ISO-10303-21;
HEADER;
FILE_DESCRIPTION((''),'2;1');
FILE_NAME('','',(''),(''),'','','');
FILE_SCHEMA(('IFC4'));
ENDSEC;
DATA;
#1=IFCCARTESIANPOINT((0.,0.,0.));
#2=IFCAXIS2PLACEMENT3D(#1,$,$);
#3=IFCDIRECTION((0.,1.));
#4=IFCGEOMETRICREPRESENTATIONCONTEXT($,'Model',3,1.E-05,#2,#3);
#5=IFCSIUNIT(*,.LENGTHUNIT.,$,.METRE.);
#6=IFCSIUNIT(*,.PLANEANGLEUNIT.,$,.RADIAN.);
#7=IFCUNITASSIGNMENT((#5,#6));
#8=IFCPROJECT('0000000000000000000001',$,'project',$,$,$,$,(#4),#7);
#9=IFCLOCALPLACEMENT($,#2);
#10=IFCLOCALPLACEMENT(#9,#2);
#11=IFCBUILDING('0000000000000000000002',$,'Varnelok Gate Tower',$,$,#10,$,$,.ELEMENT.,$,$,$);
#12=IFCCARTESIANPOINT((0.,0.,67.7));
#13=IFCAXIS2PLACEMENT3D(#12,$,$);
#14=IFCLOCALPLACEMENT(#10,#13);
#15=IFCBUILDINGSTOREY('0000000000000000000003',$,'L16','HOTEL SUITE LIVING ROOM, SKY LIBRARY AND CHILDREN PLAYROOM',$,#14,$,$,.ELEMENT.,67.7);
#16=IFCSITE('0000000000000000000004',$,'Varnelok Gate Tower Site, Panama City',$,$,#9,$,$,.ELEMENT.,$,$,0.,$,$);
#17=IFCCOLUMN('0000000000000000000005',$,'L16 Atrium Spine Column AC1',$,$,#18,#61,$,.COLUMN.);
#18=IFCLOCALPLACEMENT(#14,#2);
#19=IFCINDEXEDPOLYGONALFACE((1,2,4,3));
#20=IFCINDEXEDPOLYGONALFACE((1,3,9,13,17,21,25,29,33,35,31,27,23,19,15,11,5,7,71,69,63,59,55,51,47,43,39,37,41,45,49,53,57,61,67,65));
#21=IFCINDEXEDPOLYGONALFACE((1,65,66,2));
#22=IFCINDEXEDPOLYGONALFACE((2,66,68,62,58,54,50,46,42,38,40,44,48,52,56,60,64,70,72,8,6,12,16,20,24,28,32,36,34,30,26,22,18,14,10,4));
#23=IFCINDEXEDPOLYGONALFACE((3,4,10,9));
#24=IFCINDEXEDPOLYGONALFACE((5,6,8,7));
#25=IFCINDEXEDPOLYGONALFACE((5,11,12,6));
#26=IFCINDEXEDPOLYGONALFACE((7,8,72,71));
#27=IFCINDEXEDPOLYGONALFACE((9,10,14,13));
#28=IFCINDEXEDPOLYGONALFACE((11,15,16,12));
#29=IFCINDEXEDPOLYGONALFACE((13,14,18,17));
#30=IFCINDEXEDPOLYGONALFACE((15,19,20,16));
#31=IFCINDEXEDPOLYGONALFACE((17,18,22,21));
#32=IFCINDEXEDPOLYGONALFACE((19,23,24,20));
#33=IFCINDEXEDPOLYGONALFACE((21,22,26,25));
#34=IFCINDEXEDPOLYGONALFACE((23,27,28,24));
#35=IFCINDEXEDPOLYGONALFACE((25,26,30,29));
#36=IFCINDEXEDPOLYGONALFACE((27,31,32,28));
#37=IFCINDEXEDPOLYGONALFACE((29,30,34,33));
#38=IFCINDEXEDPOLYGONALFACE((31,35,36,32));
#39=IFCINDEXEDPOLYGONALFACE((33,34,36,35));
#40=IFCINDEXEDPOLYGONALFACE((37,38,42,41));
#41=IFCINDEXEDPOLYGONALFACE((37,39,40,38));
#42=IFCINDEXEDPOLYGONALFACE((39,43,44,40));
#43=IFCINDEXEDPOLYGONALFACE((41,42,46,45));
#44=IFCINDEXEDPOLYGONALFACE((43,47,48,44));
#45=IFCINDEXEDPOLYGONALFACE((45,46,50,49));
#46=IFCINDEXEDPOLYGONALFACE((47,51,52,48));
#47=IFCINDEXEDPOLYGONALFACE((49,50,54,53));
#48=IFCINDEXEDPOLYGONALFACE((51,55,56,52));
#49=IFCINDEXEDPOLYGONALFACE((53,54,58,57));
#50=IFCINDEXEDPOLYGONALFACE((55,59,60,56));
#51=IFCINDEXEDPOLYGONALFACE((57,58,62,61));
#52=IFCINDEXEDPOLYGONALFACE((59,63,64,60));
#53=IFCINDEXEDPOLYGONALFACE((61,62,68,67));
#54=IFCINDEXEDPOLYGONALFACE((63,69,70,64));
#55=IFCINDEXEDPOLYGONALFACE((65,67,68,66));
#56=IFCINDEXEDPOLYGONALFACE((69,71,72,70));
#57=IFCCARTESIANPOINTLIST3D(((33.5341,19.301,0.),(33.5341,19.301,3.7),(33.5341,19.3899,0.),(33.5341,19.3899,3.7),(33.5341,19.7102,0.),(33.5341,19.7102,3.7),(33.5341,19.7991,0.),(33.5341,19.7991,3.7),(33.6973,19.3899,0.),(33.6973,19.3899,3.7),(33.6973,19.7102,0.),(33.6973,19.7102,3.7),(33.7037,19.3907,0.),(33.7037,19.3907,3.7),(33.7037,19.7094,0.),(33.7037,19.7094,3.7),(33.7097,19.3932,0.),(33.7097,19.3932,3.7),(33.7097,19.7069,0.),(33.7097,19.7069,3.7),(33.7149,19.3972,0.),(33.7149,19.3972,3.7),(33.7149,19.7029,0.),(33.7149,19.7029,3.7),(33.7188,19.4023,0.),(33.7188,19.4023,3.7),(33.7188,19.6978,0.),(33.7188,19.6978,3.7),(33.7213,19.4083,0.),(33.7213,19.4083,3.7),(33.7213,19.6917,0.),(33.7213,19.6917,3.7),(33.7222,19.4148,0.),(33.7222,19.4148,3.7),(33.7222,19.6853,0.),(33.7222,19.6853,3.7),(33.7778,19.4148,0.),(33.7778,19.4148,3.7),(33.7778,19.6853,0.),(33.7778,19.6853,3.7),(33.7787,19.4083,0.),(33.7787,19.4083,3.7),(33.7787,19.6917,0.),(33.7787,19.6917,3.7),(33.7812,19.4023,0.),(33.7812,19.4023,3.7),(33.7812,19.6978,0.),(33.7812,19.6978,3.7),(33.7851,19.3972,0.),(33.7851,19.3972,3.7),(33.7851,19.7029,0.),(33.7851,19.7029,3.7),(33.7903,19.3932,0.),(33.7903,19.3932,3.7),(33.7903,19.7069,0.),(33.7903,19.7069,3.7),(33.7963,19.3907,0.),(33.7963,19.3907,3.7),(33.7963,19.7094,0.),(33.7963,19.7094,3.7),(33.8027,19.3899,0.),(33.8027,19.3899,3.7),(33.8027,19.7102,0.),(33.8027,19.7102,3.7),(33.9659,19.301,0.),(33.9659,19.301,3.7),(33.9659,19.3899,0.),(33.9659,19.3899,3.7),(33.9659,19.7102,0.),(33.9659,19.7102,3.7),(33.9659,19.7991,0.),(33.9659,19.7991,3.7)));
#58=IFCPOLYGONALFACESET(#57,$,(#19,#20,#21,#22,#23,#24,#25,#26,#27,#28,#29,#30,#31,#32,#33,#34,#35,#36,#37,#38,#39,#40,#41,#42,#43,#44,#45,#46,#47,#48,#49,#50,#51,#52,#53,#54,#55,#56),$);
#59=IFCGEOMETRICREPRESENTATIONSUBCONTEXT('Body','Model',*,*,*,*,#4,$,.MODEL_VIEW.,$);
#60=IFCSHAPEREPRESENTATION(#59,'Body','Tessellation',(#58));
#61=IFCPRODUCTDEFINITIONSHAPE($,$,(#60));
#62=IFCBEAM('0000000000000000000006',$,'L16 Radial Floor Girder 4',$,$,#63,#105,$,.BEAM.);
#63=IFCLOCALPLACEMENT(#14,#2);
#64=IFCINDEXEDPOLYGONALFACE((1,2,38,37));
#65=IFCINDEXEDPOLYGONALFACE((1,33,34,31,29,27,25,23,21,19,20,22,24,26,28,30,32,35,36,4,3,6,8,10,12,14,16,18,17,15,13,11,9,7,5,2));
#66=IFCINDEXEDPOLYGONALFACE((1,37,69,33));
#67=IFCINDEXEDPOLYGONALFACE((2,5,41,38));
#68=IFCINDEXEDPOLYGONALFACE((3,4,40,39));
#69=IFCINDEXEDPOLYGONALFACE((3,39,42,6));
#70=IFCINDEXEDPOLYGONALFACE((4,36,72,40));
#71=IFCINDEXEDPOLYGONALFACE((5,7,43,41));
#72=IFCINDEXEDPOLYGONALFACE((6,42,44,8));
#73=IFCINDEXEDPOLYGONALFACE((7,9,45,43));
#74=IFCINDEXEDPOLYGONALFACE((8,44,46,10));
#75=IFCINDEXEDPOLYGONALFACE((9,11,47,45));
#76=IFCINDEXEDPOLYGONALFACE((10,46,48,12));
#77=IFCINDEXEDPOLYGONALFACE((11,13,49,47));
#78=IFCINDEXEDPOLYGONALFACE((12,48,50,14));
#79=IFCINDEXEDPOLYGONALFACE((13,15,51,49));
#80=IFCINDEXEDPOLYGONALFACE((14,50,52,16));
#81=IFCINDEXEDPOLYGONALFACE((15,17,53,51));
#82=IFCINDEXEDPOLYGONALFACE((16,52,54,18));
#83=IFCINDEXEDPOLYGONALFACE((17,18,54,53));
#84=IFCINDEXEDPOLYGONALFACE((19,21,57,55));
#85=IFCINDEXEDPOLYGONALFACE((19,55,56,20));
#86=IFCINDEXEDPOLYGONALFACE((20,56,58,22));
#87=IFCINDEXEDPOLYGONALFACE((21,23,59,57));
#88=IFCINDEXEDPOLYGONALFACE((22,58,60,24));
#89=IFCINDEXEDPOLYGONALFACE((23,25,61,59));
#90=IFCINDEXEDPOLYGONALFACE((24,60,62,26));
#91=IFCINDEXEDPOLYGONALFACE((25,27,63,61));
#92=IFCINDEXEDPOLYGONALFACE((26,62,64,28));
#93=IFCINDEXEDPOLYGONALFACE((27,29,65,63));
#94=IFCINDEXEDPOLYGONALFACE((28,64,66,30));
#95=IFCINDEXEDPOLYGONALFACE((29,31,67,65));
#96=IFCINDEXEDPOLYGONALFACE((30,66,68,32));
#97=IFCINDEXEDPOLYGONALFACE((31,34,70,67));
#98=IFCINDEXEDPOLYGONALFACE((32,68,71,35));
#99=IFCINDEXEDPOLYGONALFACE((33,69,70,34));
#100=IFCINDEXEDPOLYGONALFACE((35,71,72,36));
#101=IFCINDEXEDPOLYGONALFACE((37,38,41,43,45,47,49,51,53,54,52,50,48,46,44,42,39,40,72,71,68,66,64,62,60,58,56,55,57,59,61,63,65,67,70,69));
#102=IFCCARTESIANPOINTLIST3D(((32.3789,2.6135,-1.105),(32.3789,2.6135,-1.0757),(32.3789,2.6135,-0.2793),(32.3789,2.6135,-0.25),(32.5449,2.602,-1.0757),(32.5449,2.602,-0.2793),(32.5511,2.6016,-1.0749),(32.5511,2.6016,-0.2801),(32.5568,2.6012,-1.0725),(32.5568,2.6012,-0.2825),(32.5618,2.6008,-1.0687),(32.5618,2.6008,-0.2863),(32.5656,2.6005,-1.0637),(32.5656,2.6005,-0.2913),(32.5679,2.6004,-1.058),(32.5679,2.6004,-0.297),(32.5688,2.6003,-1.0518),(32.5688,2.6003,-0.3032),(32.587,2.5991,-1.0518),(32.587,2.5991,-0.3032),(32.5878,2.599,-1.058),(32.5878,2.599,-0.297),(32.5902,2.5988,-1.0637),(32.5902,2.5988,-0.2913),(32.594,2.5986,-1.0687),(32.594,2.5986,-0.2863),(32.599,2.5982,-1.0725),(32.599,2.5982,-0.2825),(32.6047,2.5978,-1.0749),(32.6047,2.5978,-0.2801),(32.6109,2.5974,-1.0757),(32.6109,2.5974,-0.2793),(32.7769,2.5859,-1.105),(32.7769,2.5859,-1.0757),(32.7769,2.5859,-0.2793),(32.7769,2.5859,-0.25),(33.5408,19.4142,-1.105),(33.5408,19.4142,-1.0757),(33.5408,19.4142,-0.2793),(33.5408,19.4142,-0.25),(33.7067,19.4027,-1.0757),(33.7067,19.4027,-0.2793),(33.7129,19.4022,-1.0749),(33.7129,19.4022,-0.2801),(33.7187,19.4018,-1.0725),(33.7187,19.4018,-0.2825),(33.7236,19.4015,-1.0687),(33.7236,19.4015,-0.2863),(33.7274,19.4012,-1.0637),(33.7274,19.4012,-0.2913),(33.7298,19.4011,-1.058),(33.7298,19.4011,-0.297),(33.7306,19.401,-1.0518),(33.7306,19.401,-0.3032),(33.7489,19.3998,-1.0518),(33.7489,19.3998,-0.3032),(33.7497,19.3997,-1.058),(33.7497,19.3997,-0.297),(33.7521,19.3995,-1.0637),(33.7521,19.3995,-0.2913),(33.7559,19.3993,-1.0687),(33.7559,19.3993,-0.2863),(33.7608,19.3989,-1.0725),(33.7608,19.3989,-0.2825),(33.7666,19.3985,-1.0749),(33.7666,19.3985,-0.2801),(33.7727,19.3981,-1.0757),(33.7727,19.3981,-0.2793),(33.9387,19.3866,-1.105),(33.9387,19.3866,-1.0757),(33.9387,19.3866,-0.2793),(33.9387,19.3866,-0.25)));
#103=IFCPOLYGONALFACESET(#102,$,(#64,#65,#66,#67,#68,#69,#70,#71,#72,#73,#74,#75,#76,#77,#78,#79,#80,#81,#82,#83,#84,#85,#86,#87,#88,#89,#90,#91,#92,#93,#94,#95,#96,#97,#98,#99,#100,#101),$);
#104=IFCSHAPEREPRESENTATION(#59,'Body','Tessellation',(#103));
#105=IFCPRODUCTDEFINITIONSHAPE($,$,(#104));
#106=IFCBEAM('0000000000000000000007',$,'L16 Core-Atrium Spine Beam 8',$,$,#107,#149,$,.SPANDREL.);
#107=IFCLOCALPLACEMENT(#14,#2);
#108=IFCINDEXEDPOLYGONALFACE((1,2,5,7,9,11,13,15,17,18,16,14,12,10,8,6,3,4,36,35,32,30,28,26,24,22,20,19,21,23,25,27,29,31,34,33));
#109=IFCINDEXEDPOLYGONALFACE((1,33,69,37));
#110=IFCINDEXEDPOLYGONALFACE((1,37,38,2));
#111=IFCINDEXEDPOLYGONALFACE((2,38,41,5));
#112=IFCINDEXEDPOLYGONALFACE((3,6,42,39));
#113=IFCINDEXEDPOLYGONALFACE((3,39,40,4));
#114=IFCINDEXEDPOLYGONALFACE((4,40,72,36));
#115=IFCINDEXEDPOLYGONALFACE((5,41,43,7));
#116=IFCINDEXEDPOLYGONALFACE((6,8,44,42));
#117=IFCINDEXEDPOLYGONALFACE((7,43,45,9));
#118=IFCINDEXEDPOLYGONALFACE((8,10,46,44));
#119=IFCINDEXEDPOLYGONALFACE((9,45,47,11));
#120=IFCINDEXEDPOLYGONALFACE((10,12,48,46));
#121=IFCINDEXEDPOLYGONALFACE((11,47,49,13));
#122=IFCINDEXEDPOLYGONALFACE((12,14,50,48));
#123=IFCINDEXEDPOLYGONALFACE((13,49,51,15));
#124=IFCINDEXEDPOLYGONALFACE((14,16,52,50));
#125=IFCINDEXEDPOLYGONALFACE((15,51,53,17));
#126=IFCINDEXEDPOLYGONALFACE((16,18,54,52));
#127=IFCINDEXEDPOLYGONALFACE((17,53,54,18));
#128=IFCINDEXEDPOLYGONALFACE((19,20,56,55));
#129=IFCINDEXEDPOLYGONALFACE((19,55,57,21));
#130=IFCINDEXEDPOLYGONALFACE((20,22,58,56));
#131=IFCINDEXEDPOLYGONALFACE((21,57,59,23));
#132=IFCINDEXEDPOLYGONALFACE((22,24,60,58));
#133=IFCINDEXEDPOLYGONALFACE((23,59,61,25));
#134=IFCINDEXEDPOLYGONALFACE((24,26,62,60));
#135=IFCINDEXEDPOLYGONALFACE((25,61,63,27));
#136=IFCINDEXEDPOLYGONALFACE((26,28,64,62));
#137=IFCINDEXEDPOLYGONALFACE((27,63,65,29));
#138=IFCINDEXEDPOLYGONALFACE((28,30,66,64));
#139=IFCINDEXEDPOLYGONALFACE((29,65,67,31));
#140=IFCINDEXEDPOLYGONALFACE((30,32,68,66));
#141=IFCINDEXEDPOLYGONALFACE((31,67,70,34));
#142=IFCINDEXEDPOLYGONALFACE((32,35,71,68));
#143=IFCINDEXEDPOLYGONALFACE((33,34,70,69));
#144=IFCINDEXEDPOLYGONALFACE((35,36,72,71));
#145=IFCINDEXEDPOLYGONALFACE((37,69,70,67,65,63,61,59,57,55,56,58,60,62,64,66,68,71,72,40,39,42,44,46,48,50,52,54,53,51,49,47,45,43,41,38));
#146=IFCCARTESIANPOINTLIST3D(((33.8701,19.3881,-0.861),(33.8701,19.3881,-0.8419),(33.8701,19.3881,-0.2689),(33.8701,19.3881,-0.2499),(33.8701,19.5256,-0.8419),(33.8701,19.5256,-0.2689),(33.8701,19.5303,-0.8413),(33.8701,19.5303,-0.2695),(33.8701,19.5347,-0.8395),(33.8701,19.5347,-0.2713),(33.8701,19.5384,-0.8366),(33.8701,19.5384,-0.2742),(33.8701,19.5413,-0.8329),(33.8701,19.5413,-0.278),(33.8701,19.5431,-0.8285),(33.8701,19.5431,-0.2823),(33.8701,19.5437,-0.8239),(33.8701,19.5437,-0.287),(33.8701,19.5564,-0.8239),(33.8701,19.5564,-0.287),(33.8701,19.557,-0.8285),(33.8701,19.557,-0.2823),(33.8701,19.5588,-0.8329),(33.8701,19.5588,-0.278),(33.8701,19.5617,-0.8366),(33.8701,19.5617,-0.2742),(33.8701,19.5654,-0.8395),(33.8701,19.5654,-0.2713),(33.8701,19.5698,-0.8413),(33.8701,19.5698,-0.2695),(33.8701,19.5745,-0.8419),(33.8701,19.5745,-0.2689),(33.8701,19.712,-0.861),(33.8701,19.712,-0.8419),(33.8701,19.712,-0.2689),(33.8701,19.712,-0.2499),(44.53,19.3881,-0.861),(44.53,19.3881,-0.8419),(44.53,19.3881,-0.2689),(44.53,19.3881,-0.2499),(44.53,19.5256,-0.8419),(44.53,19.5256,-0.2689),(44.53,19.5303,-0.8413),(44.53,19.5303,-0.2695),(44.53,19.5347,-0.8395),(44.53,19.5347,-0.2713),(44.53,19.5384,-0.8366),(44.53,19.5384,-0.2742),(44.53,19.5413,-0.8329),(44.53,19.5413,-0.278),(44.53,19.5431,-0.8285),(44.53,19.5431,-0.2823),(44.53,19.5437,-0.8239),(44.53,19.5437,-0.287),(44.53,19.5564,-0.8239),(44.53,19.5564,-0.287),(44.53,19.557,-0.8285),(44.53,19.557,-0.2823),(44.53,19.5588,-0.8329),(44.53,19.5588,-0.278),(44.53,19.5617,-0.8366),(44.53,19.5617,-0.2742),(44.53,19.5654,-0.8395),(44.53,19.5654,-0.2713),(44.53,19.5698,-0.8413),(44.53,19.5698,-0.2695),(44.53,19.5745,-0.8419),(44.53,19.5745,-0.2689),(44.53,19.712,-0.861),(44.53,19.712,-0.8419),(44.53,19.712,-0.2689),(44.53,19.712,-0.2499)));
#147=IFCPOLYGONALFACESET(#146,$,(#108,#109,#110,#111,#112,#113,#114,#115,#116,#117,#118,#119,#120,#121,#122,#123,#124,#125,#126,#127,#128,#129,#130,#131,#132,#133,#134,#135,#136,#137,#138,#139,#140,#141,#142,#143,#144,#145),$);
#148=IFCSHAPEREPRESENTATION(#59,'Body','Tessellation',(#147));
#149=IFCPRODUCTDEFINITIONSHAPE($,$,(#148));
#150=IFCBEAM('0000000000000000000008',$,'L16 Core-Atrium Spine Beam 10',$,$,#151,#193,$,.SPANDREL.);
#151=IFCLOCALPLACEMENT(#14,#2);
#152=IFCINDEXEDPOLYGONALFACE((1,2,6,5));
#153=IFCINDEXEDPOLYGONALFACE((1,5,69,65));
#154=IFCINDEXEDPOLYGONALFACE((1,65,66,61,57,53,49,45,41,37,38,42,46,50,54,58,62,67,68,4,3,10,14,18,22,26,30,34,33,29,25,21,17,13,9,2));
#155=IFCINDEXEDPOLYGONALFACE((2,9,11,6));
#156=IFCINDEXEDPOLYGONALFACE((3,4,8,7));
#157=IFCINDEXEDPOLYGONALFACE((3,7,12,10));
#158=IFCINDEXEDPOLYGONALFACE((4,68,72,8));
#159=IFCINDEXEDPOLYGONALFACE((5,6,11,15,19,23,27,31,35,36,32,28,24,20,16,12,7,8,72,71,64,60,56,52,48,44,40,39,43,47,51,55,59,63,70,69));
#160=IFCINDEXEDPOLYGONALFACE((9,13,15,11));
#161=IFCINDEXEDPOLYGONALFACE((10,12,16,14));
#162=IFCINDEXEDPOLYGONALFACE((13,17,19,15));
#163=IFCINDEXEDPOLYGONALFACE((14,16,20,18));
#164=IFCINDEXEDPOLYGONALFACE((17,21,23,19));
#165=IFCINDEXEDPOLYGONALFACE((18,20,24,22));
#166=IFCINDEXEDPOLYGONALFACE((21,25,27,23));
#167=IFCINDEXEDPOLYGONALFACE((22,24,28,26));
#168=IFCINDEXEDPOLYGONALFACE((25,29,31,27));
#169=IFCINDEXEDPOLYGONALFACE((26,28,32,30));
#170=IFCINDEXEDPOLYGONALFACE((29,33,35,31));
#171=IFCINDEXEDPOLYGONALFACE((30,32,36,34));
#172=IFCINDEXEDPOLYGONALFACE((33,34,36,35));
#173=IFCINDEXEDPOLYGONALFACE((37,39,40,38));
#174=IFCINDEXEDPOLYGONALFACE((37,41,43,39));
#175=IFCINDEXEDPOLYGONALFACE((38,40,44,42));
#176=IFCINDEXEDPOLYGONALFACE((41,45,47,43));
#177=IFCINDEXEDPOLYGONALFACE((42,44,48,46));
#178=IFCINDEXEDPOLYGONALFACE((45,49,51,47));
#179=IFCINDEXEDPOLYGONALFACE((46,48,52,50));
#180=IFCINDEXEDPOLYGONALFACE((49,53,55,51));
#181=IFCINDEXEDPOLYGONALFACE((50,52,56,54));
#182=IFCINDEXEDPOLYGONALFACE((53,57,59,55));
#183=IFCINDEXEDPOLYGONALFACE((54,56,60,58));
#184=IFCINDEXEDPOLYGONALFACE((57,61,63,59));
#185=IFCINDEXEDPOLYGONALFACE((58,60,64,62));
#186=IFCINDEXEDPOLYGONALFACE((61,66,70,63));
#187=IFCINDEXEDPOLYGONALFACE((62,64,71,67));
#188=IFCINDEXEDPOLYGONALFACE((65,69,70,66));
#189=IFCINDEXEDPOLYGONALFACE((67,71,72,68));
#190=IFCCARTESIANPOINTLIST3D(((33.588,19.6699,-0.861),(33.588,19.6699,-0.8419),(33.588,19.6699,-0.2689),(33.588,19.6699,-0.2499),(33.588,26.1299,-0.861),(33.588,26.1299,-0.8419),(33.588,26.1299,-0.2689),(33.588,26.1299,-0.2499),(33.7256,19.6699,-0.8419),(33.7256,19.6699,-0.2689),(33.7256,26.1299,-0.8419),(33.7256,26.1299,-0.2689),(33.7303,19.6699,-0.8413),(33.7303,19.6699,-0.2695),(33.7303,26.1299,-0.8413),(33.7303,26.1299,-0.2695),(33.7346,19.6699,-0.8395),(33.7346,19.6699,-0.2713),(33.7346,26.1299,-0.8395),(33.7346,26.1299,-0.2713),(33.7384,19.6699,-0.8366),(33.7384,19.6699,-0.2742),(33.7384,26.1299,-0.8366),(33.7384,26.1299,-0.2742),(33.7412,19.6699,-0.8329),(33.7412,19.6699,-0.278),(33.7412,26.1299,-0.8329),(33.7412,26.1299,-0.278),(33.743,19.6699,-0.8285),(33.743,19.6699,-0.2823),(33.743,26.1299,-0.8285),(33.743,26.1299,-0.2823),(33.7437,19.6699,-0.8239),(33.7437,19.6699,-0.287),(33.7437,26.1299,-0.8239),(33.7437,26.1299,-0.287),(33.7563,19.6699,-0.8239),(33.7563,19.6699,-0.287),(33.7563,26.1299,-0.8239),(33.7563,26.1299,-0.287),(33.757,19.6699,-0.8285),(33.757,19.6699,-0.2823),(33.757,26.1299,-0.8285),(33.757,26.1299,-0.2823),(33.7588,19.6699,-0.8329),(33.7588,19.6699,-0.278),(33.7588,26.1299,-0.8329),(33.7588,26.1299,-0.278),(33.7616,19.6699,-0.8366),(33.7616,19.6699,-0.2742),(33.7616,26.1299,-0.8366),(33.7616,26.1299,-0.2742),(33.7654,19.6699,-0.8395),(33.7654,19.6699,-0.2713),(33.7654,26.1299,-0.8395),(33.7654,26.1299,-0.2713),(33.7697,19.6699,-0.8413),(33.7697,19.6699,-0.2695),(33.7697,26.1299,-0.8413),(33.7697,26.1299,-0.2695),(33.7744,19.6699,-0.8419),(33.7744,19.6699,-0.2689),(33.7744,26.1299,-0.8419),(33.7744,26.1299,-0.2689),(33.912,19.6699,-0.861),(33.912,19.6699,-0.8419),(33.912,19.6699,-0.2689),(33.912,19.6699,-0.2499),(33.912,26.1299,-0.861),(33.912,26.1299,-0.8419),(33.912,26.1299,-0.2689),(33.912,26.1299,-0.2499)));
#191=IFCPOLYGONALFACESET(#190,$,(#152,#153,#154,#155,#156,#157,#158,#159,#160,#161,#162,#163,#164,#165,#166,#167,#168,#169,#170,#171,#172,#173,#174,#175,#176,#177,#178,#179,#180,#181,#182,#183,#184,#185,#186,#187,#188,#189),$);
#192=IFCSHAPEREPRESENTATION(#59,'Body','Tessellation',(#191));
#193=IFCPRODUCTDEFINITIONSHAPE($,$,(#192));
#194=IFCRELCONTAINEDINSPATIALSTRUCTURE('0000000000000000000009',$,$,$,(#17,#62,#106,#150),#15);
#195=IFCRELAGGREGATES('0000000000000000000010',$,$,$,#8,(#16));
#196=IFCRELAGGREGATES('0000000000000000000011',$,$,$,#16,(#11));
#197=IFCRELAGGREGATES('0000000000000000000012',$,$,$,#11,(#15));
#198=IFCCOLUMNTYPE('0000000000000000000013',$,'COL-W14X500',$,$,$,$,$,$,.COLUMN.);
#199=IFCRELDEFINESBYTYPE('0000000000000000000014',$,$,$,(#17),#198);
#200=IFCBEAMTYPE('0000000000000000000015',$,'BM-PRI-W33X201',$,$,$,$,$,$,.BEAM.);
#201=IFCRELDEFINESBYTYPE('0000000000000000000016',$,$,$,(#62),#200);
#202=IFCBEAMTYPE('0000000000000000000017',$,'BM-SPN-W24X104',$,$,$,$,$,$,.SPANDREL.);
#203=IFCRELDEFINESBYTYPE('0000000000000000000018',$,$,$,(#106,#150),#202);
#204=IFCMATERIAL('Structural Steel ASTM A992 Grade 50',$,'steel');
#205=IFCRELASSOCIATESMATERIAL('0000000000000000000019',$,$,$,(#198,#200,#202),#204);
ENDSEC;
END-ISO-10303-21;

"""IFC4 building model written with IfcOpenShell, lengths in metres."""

from ifc_helpers import new_model, si_unit, direction, frame, origin, origin_2d, place, context, subcontext, project, spatial, i_section, extrude, material, material_profile, profile_set, type_object, element, save


model = new_model("IFC4")

# Units and contexts
model_context = context("Model", 3, precision=1e-05, world=origin(), true_north=direction((0.0, 1.0)))
body_context = subcontext(model_context, "Body", "Model", "MODEL_VIEW")
ifc_project = project(units=[si_unit("LENGTHUNIT", "METRE"), si_unit("PLANEANGLEUNIT", "RADIAN")], contexts=[model_context])

# Site, building, storey
site_placement = place(None, origin())
site = spatial("IfcSite", under=ifc_project, at=site_placement, Name="Varnelok Gate Tower Site, Panama City", CompositionType="ELEMENT", RefElevation=0.0)
building_placement = place(site_placement, origin())
building = spatial("IfcBuilding", under=site, at=building_placement, Name="Varnelok Gate Tower", CompositionType="ELEMENT")
storey_placement = place(building_placement, frame((0.0, 0.0, 67.7)))
storey = spatial("IfcBuildingStorey", under=building, at=storey_placement, Name="L16", Description="HOTEL SUITE LIVING ROOM, SKY LIBRARY AND CHILDREN PLAYROOM", CompositionType="ELEMENT", Elevation=67.7)

# Column
ifc_material_1 = material(Name="Structural Steel ASTM A992 Grade 50", Category="steel")
ifc_material_profile_1 = material_profile(ifc_material_1, i_section(OverallWidth=0.4319, OverallDepth=0.498, WebThickness=0.0557, FlangeThickness=0.0889, FilletRadius=0.0249, at=origin_2d()), Name="W14X500")
ifc_profile_set_1 = profile_set([ifc_material_profile_1], Name="Structural Steel ASTM A992 Grade 50")
column_type = type_object("IfcColumnType", Name="COL-W14X500", PredefinedType="COLUMN", material=ifc_profile_set_1)
column_placement = place(storey_placement, frame((33.75, 19.55, 0.0), z_axis=(0.0, 0.0, 1.0), x_axis=(1.0, 0.0, 0.0)))
element("IfcColumn", 1, at=column_placement, inside=storey, type_object=column_type, Name="L16 Atrium Spine Column AC1", PredefinedType="COLUMN", context=body_context, shape_type="SweptSolid", body=[
    extrude(i_section(OverallWidth=0.4319, OverallDepth=0.498, WebThickness=0.0557, FlangeThickness=0.0889, FilletRadius=0.0249, at=origin_2d()), origin(), (0.0, 0.0, 1.0), 3.7),
])

# Beams
ifc_material_profile_2 = material_profile(ifc_material_1, i_section(OverallWidth=0.3989, OverallDepth=0.855, WebThickness=0.0183, FlangeThickness=0.0293, FilletRadius=0.0239, at=origin_2d()), Name="W33X201")
ifc_profile_set_2 = profile_set([ifc_material_profile_2], Name="Structural Steel ASTM A992 Grade 50")
beam_type_1 = type_object("IfcBeamType", Name="BM-PRI-W33X201", PredefinedType="BEAM", material=ifc_profile_set_2)
beam_1_placement = place(storey_placement, frame((33.7397, 19.4004, -0.6775), z_axis=(-0.068991, -0.997617, 0.0), x_axis=(0.997617, -0.068991, 0.0)))
element("IfcBeam", 2, at=beam_1_placement, inside=storey, type_object=beam_type_1, Name="L16 Radial Floor Girder 4", PredefinedType="BEAM", context=body_context, shape_type="SweptSolid", body=[
    extrude(i_section(OverallWidth=0.3989, OverallDepth=0.855, WebThickness=0.0183, FlangeThickness=0.0293, FilletRadius=0.0239, at=origin_2d()), origin(), (0.0, 0.0, 1.0), 16.8408),
])
ifc_material_profile_3 = material_profile(ifc_material_1, i_section(OverallWidth=0.324, OverallDepth=0.6111, WebThickness=0.0127, FlangeThickness=0.019, FilletRadius=0.0181, at=origin_2d()), Name="W24X104")
ifc_profile_set_3 = profile_set([ifc_material_profile_3], Name="Structural Steel ASTM A992 Grade 50")
beam_type_2 = type_object("IfcBeamType", Name="BM-SPN-W24X104", PredefinedType="SPANDREL", material=ifc_profile_set_3)
beam_2_placement = place(storey_placement, frame((33.8701, 19.55, -0.5554), z_axis=(1.0, 0.0, 0.0), x_axis=(0.0, 1.0, 0.0)))
element("IfcBeam", 3, at=beam_2_placement, inside=storey, type_object=beam_type_2, Name="L16 Core-Atrium Spine Beam 8", PredefinedType="SPANDREL", context=body_context, shape_type="SweptSolid", body=[
    extrude(i_section(OverallWidth=0.324, OverallDepth=0.6111, WebThickness=0.0127, FlangeThickness=0.019, FilletRadius=0.0181, at=origin_2d()), origin(), (0.0, 0.0, 1.0), 10.6599),
])
beam_3_placement = place(storey_placement, frame((33.75, 19.6699, -0.5554), z_axis=(0.0, 1.0, 0.0), x_axis=(-1.0, 0.0, 0.0)))
element("IfcBeam", 4, at=beam_3_placement, inside=storey, type_object=beam_type_2, Name="L16 Core-Atrium Spine Beam 10", PredefinedType="SPANDREL", context=body_context, shape_type="SweptSolid", body=[
    extrude(i_section(OverallWidth=0.324, OverallDepth=0.6111, WebThickness=0.0127, FlangeThickness=0.019, FilletRadius=0.0181, at=origin_2d()), origin(), (0.0, 0.0, 1.0), 6.46),
])

save(model, "model.ifc")
